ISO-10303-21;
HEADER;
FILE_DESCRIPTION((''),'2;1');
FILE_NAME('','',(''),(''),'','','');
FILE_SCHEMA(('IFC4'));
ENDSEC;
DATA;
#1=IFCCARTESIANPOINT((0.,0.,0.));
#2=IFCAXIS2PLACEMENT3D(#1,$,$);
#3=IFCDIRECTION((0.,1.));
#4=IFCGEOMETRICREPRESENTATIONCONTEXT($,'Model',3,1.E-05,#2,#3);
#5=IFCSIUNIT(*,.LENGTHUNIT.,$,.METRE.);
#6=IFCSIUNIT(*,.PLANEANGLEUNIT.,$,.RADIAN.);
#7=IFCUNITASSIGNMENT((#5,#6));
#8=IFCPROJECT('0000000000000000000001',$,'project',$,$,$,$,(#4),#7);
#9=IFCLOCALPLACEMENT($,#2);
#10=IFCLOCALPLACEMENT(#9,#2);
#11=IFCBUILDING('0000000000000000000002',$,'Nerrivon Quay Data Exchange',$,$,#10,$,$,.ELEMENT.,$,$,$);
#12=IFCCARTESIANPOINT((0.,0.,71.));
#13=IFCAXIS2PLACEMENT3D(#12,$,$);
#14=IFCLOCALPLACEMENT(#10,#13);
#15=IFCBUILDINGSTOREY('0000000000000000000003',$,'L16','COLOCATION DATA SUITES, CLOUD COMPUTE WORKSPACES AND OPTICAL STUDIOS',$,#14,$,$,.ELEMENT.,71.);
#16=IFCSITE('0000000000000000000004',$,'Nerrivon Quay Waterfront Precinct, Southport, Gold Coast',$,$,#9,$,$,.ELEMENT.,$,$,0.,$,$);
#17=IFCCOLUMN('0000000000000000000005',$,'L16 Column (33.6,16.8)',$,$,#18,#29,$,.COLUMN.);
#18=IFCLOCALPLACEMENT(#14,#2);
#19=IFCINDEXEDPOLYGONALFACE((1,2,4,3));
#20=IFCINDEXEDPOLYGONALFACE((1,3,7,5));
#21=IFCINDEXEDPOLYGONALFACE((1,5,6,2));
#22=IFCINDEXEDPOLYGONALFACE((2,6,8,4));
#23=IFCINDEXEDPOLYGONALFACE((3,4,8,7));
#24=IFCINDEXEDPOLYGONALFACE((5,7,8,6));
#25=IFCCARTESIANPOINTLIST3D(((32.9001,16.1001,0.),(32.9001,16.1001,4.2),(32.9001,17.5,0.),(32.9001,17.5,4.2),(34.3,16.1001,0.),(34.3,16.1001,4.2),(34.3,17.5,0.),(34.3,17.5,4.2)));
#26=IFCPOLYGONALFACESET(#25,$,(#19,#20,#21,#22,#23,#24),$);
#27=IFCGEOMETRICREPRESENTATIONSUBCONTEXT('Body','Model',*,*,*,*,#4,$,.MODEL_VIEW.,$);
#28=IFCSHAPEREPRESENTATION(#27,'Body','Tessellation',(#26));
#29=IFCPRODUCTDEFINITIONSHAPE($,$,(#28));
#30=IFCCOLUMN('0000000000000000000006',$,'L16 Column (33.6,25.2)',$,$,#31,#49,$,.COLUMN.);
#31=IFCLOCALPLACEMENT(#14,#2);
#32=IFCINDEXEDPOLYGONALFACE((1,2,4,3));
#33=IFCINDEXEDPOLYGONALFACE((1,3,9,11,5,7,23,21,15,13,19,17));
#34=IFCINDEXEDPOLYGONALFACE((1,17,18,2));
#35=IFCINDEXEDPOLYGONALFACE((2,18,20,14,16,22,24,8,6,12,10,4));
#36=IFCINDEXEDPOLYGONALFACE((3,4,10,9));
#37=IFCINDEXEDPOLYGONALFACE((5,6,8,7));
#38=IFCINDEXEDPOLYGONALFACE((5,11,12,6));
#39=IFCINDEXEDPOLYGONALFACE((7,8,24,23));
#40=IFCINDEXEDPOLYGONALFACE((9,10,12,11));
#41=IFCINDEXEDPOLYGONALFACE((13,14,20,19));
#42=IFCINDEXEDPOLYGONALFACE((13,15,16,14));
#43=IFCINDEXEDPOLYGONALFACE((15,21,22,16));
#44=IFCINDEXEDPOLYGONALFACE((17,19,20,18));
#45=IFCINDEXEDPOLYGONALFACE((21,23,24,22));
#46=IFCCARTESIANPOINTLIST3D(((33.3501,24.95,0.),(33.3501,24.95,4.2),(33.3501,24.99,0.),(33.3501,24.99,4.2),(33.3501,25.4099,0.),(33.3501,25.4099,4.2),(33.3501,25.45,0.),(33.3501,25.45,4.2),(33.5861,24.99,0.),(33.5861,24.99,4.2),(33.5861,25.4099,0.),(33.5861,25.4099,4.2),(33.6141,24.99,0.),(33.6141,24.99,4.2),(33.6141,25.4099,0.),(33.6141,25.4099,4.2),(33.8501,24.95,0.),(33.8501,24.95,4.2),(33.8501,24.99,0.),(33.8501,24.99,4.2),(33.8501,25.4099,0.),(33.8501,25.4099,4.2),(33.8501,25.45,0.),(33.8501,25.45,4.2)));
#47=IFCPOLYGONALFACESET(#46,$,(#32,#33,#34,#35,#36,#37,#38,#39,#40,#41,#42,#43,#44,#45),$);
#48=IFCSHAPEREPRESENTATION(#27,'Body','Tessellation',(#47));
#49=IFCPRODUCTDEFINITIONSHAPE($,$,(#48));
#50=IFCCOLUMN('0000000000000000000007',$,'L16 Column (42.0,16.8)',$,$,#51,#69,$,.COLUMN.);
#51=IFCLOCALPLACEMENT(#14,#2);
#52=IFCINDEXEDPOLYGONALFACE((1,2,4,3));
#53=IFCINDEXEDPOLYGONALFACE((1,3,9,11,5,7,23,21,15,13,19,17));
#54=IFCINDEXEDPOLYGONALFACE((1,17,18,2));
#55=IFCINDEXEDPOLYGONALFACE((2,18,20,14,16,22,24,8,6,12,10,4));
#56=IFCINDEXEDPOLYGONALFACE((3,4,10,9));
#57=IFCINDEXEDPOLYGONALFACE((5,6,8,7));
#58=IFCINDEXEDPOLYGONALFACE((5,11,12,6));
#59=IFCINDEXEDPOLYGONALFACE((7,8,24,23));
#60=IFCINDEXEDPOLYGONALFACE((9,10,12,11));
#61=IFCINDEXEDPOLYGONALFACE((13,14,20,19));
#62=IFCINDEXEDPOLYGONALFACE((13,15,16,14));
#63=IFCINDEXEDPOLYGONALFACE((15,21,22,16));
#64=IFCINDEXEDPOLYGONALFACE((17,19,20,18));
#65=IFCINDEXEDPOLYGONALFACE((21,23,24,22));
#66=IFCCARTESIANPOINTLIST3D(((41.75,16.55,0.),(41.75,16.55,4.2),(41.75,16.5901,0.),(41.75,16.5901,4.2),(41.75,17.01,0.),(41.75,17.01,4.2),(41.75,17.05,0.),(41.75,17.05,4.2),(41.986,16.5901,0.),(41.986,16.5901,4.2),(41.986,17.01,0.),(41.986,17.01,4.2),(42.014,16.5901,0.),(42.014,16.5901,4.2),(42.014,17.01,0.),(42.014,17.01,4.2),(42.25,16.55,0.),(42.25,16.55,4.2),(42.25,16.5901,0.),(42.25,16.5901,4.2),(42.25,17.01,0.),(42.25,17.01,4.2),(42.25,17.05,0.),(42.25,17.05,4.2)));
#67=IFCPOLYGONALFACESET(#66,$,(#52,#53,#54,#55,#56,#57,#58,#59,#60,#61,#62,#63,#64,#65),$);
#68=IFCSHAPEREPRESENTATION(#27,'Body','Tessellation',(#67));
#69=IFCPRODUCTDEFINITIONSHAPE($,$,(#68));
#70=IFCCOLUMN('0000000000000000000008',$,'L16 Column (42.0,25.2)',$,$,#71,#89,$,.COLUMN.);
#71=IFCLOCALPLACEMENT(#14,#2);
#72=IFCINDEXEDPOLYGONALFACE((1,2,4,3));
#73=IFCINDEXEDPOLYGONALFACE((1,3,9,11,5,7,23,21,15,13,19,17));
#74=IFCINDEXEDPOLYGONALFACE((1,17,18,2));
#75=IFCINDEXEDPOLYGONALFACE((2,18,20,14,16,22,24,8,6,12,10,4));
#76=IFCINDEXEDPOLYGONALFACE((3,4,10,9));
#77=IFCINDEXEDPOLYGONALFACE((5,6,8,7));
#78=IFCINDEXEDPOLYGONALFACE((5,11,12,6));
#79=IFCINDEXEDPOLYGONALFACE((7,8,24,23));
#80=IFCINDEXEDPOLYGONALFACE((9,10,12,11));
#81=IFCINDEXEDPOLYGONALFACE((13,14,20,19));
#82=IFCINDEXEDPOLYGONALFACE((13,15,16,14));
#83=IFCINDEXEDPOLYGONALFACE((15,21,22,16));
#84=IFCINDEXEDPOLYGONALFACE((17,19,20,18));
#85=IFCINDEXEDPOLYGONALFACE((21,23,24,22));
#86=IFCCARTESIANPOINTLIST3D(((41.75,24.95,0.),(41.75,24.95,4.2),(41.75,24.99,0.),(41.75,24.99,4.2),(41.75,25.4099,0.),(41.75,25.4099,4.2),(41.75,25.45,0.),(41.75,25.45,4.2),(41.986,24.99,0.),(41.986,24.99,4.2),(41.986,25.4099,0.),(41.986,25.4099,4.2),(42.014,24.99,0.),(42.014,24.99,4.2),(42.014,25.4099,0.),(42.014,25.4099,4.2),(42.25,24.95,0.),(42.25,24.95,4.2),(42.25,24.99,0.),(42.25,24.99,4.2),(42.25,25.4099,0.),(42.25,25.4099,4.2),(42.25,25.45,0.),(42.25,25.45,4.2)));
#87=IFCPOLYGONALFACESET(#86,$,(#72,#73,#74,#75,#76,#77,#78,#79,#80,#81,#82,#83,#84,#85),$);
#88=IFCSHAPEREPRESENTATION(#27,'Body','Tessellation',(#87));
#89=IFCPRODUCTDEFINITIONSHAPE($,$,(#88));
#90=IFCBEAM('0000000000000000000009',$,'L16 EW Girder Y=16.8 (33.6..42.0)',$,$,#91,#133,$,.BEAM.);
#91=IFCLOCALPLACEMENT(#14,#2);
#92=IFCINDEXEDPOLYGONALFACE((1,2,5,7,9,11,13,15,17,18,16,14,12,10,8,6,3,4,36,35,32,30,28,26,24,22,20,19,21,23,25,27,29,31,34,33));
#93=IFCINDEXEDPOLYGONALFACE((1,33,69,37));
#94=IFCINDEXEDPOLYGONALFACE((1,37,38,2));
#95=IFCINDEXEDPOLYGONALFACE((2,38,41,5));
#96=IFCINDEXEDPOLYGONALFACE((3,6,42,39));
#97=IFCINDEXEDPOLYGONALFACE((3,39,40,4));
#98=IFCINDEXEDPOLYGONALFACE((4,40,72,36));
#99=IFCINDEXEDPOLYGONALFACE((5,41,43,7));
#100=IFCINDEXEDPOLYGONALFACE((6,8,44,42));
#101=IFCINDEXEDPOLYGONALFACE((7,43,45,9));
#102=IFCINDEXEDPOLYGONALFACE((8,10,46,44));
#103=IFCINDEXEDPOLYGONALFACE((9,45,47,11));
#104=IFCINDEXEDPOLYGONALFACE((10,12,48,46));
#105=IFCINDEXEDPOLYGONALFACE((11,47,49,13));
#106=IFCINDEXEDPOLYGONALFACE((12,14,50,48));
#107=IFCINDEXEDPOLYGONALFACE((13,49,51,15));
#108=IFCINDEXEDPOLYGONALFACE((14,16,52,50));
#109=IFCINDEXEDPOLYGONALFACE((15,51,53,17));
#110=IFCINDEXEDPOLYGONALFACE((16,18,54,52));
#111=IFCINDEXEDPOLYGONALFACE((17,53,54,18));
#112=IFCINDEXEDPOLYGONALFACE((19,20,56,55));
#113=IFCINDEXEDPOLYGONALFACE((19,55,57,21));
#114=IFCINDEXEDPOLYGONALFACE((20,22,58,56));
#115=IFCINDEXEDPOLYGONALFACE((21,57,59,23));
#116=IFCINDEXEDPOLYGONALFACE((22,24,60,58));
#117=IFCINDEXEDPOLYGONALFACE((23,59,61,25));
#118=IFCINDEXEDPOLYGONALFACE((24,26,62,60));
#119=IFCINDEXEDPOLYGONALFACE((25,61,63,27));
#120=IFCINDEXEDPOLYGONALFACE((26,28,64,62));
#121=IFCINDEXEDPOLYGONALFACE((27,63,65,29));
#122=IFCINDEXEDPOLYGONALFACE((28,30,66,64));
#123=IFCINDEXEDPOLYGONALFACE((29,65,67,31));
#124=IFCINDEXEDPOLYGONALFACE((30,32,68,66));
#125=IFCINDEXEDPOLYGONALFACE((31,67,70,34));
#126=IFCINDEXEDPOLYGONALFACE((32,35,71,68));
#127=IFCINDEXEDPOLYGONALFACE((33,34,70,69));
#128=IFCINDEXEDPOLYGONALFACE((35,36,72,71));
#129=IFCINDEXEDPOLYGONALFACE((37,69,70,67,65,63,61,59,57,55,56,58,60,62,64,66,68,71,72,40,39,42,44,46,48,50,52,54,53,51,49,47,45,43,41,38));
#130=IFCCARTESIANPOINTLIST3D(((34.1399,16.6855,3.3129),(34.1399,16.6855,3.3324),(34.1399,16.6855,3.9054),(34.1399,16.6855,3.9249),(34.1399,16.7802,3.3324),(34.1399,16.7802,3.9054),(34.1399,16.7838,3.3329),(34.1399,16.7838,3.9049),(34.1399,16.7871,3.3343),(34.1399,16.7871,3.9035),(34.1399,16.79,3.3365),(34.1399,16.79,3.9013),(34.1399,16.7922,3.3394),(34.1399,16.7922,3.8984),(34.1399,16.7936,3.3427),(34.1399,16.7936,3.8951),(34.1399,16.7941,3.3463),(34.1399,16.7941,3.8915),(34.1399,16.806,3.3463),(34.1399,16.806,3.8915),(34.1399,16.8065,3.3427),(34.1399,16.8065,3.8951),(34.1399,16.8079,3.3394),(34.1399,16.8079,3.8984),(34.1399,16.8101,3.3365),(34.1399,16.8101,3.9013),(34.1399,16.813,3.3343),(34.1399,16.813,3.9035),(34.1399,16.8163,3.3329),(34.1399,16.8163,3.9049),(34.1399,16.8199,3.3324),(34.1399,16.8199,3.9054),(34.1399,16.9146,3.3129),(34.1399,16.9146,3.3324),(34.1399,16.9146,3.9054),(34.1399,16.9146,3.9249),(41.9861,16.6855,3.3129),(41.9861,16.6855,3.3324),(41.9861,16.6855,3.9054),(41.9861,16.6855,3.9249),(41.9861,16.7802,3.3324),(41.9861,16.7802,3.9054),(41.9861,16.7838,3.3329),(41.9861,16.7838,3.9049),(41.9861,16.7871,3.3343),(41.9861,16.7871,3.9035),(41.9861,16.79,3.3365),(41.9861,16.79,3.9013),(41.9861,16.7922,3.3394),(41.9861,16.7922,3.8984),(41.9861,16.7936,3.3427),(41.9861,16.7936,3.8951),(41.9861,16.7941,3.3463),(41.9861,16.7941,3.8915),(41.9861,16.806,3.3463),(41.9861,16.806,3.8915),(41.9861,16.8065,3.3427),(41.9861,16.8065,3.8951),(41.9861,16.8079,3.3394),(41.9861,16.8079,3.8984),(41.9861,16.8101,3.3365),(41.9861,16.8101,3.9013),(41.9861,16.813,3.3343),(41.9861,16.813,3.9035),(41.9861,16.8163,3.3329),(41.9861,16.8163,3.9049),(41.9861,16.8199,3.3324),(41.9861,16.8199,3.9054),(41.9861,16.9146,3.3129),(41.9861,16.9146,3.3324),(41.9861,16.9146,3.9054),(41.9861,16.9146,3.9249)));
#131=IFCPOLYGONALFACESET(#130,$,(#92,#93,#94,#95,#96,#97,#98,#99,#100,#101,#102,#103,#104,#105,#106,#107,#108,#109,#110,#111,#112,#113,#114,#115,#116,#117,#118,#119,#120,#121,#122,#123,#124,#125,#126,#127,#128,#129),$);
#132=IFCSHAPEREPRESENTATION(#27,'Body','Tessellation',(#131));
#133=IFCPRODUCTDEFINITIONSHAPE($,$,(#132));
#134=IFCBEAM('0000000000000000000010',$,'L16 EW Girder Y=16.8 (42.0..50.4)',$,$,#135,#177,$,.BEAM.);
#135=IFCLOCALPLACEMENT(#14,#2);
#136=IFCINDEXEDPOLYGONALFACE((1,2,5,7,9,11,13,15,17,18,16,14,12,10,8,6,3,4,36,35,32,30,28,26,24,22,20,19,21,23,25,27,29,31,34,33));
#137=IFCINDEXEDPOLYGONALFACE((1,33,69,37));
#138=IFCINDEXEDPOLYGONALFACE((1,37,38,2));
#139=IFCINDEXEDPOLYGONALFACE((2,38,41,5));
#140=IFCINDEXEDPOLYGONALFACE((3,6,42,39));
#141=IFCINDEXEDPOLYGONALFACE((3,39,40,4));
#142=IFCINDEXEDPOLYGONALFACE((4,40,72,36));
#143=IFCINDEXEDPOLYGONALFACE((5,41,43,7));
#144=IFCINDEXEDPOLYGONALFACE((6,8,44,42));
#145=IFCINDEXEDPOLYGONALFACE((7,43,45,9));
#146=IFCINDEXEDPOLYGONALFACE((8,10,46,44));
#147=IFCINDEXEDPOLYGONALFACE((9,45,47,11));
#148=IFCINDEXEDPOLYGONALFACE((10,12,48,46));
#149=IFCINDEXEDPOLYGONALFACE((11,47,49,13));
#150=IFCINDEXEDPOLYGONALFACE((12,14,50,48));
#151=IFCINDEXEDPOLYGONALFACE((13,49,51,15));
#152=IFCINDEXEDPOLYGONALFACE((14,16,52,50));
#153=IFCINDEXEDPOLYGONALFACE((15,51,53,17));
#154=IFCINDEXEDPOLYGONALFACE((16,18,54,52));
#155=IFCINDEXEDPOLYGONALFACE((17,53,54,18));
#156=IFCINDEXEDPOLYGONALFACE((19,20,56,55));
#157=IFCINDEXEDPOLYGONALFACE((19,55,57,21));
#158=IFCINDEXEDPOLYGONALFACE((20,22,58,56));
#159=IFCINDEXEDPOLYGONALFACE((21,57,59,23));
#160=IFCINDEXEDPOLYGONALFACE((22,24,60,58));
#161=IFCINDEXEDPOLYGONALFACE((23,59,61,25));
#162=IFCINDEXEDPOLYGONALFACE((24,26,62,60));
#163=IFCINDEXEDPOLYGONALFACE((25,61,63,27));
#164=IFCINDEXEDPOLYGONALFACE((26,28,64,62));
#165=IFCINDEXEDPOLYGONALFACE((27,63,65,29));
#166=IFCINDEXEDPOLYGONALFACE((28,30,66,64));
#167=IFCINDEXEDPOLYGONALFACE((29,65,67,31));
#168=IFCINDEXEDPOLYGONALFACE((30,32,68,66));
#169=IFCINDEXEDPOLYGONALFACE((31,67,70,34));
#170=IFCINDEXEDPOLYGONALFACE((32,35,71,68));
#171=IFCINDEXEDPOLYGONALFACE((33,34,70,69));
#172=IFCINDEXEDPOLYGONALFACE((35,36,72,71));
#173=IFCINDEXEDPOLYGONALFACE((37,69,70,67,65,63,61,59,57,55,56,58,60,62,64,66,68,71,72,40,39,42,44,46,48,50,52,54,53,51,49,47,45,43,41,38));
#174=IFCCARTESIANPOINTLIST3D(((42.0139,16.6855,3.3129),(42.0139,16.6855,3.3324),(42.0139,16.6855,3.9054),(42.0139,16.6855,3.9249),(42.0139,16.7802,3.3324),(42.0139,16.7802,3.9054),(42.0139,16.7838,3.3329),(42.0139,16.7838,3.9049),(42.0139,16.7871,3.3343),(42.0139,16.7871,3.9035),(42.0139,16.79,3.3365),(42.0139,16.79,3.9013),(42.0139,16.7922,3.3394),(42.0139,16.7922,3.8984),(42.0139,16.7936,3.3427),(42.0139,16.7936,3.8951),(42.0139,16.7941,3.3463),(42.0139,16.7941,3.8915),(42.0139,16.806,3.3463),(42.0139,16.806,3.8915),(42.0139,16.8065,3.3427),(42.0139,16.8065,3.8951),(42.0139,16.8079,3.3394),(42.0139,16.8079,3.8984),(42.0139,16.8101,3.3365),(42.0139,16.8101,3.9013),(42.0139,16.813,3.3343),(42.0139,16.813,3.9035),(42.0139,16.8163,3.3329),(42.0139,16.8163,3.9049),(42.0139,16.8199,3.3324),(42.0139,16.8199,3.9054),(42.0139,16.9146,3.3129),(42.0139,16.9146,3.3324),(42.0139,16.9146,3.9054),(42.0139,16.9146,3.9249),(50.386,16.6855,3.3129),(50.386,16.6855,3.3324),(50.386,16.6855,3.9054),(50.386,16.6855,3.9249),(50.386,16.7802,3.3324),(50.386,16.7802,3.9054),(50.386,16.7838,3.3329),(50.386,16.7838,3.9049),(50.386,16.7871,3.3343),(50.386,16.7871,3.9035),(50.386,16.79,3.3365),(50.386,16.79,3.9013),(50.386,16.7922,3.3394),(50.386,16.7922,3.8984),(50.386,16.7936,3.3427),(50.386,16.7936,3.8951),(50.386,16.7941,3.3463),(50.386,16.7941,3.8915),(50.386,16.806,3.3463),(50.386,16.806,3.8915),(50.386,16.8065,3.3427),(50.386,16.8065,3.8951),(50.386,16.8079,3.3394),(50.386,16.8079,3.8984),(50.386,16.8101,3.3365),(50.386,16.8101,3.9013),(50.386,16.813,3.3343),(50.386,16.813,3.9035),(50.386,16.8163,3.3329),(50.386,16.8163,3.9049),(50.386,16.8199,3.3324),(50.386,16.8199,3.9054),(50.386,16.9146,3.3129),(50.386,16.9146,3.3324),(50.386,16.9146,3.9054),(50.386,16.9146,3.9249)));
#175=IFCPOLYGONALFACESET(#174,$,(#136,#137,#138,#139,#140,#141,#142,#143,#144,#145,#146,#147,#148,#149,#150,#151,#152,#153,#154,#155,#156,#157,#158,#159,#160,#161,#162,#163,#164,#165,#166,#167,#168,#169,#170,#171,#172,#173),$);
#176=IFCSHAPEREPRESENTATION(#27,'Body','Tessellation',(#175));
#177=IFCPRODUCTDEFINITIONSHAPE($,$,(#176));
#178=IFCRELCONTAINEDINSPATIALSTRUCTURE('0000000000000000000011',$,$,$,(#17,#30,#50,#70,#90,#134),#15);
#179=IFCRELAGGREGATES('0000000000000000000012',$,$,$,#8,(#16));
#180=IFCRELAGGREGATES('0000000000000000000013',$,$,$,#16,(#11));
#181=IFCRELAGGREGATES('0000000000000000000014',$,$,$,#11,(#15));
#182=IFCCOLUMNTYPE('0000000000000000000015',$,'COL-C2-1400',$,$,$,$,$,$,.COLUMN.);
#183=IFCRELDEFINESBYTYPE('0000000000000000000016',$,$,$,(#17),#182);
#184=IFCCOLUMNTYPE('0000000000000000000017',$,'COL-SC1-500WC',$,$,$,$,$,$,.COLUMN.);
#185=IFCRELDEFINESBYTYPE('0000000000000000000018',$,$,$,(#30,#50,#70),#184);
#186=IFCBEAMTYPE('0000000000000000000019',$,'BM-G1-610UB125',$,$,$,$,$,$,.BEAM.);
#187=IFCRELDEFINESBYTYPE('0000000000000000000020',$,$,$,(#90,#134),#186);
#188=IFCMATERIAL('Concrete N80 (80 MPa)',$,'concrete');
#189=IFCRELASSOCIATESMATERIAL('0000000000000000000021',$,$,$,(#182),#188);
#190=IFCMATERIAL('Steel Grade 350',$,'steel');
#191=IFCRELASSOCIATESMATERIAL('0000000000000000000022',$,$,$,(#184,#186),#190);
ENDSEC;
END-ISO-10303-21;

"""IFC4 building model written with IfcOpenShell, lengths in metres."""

from ifc_helpers import new_model, si_unit, direction, frame, origin, origin_2d, place, context, subcontext, project, spatial, rectangle, i_section, extrude, material, material_profile, profile_set, type_object, element, save


model = new_model("IFC4")

# Units and contexts
model_context = context("Model", 3, precision=1e-05, world=origin(), true_north=direction((0.0, 1.0)))
body_context = subcontext(model_context, "Body", "Model", "MODEL_VIEW")
ifc_project = project(units=[si_unit("LENGTHUNIT", "METRE"), si_unit("PLANEANGLEUNIT", "RADIAN")], contexts=[model_context])

# Site, building, storey
site_placement = place(None, origin())
site = spatial("IfcSite", under=ifc_project, at=site_placement, Name="Nerrivon Quay Waterfront Precinct, Southport, Gold Coast", CompositionType="ELEMENT", RefElevation=0.0)
building_placement = place(site_placement, origin())
building = spatial("IfcBuilding", under=site, at=building_placement, Name="Nerrivon Quay Data Exchange", CompositionType="ELEMENT")
storey_placement = place(building_placement, frame((0.0, 0.0, 71.0)))
storey = spatial("IfcBuildingStorey", under=building, at=storey_placement, Name="L16", Description="COLOCATION DATA SUITES, CLOUD COMPUTE WORKSPACES AND OPTICAL STUDIOS", CompositionType="ELEMENT", Elevation=71.0)

# Columns
ifc_material_1 = material(Name="Concrete N80 (80 MPa)", Category="concrete")
ifc_material_profile_1 = material_profile(ifc_material_1, rectangle(XDim=1.3999, YDim=1.3999, at=origin_2d()), Name="RC-COL-1400x1400")
ifc_profile_set_1 = profile_set([ifc_material_profile_1], Name="Concrete N80 (80 MPa)")
column_type_1 = type_object("IfcColumnType", Name="COL-C2-1400", PredefinedType="COLUMN", material=ifc_profile_set_1)
column_placement = place(storey_placement, frame((33.6001, 16.8, 0.0), z_axis=(0.0, 0.0, 1.0), x_axis=(1.0, 0.0, 0.0)))
element("IfcColumn", 1, at=column_placement, inside=storey, type_object=column_type_1, Name="L16 Column (33.6,16.8)", PredefinedType="COLUMN", context=body_context, shape_type="SweptSolid", body=[
    extrude(rectangle(XDim=1.3999, YDim=1.3999, at=origin_2d()), origin(), (0.0, 0.0, 1.0), 4.2),
])
ifc_material_2 = material(Name="Steel Grade 350", Category="steel")
ifc_material_profile_2 = material_profile(ifc_material_2, i_section(OverallWidth=0.5, OverallDepth=0.5, WebThickness=0.0281, FlangeThickness=0.04, at=origin_2d()), Name="500WC440")
ifc_profile_set_2 = profile_set([ifc_material_profile_2], Name="Steel Grade 350")
column_type_2 = type_object("IfcColumnType", Name="COL-SC1-500WC", PredefinedType="COLUMN", material=ifc_profile_set_2)
for number, where, z_axis, x_axis, name in (
    (2, (33.6001, 25.2, 0.0), (0.0, 0.0, 1.0), (1.0, 0.0, 0.0), "L16 Column (33.6,25.2)"),
    (3, (42.0, 16.8, 0.0), (0.0, 0.0, 1.0), (1.0, 0.0, 0.0), "L16 Column (42.0,16.8)"),
    (4, (42.0, 25.2, 0.0), (0.0, 0.0, 1.0), (1.0, 0.0, 0.0), "L16 Column (42.0,25.2)"),
):
    element("IfcColumn", number, at=place(storey_placement, frame(where, z_axis=z_axis, x_axis=x_axis)), inside=storey, type_object=column_type_2, Name=name, PredefinedType="COLUMN", context=body_context, shape_type="SweptSolid", body=[
        extrude(i_section(OverallWidth=0.5, OverallDepth=0.5, WebThickness=0.0281, FlangeThickness=0.04, at=origin_2d()), origin(), (0.0, 0.0, 1.0), 4.2),
    ])

# Beams
ifc_material_profile_3 = material_profile(ifc_material_2, i_section(OverallWidth=0.229, OverallDepth=0.6121, WebThickness=0.012, FlangeThickness=0.0195, FilletRadius=0.0139, at=origin_2d()), Name="610UB125")
ifc_profile_set_3 = profile_set([ifc_material_profile_3], Name="Steel Grade 350")
beam_type_1 = type_object("IfcBeamType", Name="BM-G1-610UB125", PredefinedType="BEAM", material=ifc_profile_set_3)
beam_1_placement = place(storey_placement, frame((34.1399, 16.8, 3.6189), z_axis=(1.0, 0.0, 0.0), x_axis=(0.0, 1.0, 0.0)))
element("IfcBeam", 5, at=beam_1_placement, inside=storey, type_object=beam_type_1, Name="L16 EW Girder Y=16.8 (33.6..42.0)", PredefinedType="BEAM", context=body_context, shape_type="SweptSolid", body=[
    extrude(i_section(OverallWidth=0.229, OverallDepth=0.6121, WebThickness=0.012, FlangeThickness=0.0195, FilletRadius=0.0139, at=origin_2d()), origin(), (0.0, 0.0, 1.0), 7.8462),
])
for number, where, z_axis, x_axis, name in (
    (6, (42.0139, 16.8, 3.6189), (1.0, 0.0, 0.0), (0.0, 1.0, 0.0), "L16 EW Girder Y=16.8 (42.0..50.4)"),
):
    element("IfcBeam", number, at=place(storey_placement, frame(where, z_axis=z_axis, x_axis=x_axis)), inside=storey, type_object=beam_type_1, Name=name, PredefinedType="BEAM", context=body_context, shape_type="SweptSolid", body=[
        extrude(i_section(OverallWidth=0.229, OverallDepth=0.6121, WebThickness=0.012, FlangeThickness=0.0195, FilletRadius=0.0139, at=origin_2d()), origin(), (0.0, 0.0, 1.0), 8.3721),
    ])

save(model, "model.ifc")
